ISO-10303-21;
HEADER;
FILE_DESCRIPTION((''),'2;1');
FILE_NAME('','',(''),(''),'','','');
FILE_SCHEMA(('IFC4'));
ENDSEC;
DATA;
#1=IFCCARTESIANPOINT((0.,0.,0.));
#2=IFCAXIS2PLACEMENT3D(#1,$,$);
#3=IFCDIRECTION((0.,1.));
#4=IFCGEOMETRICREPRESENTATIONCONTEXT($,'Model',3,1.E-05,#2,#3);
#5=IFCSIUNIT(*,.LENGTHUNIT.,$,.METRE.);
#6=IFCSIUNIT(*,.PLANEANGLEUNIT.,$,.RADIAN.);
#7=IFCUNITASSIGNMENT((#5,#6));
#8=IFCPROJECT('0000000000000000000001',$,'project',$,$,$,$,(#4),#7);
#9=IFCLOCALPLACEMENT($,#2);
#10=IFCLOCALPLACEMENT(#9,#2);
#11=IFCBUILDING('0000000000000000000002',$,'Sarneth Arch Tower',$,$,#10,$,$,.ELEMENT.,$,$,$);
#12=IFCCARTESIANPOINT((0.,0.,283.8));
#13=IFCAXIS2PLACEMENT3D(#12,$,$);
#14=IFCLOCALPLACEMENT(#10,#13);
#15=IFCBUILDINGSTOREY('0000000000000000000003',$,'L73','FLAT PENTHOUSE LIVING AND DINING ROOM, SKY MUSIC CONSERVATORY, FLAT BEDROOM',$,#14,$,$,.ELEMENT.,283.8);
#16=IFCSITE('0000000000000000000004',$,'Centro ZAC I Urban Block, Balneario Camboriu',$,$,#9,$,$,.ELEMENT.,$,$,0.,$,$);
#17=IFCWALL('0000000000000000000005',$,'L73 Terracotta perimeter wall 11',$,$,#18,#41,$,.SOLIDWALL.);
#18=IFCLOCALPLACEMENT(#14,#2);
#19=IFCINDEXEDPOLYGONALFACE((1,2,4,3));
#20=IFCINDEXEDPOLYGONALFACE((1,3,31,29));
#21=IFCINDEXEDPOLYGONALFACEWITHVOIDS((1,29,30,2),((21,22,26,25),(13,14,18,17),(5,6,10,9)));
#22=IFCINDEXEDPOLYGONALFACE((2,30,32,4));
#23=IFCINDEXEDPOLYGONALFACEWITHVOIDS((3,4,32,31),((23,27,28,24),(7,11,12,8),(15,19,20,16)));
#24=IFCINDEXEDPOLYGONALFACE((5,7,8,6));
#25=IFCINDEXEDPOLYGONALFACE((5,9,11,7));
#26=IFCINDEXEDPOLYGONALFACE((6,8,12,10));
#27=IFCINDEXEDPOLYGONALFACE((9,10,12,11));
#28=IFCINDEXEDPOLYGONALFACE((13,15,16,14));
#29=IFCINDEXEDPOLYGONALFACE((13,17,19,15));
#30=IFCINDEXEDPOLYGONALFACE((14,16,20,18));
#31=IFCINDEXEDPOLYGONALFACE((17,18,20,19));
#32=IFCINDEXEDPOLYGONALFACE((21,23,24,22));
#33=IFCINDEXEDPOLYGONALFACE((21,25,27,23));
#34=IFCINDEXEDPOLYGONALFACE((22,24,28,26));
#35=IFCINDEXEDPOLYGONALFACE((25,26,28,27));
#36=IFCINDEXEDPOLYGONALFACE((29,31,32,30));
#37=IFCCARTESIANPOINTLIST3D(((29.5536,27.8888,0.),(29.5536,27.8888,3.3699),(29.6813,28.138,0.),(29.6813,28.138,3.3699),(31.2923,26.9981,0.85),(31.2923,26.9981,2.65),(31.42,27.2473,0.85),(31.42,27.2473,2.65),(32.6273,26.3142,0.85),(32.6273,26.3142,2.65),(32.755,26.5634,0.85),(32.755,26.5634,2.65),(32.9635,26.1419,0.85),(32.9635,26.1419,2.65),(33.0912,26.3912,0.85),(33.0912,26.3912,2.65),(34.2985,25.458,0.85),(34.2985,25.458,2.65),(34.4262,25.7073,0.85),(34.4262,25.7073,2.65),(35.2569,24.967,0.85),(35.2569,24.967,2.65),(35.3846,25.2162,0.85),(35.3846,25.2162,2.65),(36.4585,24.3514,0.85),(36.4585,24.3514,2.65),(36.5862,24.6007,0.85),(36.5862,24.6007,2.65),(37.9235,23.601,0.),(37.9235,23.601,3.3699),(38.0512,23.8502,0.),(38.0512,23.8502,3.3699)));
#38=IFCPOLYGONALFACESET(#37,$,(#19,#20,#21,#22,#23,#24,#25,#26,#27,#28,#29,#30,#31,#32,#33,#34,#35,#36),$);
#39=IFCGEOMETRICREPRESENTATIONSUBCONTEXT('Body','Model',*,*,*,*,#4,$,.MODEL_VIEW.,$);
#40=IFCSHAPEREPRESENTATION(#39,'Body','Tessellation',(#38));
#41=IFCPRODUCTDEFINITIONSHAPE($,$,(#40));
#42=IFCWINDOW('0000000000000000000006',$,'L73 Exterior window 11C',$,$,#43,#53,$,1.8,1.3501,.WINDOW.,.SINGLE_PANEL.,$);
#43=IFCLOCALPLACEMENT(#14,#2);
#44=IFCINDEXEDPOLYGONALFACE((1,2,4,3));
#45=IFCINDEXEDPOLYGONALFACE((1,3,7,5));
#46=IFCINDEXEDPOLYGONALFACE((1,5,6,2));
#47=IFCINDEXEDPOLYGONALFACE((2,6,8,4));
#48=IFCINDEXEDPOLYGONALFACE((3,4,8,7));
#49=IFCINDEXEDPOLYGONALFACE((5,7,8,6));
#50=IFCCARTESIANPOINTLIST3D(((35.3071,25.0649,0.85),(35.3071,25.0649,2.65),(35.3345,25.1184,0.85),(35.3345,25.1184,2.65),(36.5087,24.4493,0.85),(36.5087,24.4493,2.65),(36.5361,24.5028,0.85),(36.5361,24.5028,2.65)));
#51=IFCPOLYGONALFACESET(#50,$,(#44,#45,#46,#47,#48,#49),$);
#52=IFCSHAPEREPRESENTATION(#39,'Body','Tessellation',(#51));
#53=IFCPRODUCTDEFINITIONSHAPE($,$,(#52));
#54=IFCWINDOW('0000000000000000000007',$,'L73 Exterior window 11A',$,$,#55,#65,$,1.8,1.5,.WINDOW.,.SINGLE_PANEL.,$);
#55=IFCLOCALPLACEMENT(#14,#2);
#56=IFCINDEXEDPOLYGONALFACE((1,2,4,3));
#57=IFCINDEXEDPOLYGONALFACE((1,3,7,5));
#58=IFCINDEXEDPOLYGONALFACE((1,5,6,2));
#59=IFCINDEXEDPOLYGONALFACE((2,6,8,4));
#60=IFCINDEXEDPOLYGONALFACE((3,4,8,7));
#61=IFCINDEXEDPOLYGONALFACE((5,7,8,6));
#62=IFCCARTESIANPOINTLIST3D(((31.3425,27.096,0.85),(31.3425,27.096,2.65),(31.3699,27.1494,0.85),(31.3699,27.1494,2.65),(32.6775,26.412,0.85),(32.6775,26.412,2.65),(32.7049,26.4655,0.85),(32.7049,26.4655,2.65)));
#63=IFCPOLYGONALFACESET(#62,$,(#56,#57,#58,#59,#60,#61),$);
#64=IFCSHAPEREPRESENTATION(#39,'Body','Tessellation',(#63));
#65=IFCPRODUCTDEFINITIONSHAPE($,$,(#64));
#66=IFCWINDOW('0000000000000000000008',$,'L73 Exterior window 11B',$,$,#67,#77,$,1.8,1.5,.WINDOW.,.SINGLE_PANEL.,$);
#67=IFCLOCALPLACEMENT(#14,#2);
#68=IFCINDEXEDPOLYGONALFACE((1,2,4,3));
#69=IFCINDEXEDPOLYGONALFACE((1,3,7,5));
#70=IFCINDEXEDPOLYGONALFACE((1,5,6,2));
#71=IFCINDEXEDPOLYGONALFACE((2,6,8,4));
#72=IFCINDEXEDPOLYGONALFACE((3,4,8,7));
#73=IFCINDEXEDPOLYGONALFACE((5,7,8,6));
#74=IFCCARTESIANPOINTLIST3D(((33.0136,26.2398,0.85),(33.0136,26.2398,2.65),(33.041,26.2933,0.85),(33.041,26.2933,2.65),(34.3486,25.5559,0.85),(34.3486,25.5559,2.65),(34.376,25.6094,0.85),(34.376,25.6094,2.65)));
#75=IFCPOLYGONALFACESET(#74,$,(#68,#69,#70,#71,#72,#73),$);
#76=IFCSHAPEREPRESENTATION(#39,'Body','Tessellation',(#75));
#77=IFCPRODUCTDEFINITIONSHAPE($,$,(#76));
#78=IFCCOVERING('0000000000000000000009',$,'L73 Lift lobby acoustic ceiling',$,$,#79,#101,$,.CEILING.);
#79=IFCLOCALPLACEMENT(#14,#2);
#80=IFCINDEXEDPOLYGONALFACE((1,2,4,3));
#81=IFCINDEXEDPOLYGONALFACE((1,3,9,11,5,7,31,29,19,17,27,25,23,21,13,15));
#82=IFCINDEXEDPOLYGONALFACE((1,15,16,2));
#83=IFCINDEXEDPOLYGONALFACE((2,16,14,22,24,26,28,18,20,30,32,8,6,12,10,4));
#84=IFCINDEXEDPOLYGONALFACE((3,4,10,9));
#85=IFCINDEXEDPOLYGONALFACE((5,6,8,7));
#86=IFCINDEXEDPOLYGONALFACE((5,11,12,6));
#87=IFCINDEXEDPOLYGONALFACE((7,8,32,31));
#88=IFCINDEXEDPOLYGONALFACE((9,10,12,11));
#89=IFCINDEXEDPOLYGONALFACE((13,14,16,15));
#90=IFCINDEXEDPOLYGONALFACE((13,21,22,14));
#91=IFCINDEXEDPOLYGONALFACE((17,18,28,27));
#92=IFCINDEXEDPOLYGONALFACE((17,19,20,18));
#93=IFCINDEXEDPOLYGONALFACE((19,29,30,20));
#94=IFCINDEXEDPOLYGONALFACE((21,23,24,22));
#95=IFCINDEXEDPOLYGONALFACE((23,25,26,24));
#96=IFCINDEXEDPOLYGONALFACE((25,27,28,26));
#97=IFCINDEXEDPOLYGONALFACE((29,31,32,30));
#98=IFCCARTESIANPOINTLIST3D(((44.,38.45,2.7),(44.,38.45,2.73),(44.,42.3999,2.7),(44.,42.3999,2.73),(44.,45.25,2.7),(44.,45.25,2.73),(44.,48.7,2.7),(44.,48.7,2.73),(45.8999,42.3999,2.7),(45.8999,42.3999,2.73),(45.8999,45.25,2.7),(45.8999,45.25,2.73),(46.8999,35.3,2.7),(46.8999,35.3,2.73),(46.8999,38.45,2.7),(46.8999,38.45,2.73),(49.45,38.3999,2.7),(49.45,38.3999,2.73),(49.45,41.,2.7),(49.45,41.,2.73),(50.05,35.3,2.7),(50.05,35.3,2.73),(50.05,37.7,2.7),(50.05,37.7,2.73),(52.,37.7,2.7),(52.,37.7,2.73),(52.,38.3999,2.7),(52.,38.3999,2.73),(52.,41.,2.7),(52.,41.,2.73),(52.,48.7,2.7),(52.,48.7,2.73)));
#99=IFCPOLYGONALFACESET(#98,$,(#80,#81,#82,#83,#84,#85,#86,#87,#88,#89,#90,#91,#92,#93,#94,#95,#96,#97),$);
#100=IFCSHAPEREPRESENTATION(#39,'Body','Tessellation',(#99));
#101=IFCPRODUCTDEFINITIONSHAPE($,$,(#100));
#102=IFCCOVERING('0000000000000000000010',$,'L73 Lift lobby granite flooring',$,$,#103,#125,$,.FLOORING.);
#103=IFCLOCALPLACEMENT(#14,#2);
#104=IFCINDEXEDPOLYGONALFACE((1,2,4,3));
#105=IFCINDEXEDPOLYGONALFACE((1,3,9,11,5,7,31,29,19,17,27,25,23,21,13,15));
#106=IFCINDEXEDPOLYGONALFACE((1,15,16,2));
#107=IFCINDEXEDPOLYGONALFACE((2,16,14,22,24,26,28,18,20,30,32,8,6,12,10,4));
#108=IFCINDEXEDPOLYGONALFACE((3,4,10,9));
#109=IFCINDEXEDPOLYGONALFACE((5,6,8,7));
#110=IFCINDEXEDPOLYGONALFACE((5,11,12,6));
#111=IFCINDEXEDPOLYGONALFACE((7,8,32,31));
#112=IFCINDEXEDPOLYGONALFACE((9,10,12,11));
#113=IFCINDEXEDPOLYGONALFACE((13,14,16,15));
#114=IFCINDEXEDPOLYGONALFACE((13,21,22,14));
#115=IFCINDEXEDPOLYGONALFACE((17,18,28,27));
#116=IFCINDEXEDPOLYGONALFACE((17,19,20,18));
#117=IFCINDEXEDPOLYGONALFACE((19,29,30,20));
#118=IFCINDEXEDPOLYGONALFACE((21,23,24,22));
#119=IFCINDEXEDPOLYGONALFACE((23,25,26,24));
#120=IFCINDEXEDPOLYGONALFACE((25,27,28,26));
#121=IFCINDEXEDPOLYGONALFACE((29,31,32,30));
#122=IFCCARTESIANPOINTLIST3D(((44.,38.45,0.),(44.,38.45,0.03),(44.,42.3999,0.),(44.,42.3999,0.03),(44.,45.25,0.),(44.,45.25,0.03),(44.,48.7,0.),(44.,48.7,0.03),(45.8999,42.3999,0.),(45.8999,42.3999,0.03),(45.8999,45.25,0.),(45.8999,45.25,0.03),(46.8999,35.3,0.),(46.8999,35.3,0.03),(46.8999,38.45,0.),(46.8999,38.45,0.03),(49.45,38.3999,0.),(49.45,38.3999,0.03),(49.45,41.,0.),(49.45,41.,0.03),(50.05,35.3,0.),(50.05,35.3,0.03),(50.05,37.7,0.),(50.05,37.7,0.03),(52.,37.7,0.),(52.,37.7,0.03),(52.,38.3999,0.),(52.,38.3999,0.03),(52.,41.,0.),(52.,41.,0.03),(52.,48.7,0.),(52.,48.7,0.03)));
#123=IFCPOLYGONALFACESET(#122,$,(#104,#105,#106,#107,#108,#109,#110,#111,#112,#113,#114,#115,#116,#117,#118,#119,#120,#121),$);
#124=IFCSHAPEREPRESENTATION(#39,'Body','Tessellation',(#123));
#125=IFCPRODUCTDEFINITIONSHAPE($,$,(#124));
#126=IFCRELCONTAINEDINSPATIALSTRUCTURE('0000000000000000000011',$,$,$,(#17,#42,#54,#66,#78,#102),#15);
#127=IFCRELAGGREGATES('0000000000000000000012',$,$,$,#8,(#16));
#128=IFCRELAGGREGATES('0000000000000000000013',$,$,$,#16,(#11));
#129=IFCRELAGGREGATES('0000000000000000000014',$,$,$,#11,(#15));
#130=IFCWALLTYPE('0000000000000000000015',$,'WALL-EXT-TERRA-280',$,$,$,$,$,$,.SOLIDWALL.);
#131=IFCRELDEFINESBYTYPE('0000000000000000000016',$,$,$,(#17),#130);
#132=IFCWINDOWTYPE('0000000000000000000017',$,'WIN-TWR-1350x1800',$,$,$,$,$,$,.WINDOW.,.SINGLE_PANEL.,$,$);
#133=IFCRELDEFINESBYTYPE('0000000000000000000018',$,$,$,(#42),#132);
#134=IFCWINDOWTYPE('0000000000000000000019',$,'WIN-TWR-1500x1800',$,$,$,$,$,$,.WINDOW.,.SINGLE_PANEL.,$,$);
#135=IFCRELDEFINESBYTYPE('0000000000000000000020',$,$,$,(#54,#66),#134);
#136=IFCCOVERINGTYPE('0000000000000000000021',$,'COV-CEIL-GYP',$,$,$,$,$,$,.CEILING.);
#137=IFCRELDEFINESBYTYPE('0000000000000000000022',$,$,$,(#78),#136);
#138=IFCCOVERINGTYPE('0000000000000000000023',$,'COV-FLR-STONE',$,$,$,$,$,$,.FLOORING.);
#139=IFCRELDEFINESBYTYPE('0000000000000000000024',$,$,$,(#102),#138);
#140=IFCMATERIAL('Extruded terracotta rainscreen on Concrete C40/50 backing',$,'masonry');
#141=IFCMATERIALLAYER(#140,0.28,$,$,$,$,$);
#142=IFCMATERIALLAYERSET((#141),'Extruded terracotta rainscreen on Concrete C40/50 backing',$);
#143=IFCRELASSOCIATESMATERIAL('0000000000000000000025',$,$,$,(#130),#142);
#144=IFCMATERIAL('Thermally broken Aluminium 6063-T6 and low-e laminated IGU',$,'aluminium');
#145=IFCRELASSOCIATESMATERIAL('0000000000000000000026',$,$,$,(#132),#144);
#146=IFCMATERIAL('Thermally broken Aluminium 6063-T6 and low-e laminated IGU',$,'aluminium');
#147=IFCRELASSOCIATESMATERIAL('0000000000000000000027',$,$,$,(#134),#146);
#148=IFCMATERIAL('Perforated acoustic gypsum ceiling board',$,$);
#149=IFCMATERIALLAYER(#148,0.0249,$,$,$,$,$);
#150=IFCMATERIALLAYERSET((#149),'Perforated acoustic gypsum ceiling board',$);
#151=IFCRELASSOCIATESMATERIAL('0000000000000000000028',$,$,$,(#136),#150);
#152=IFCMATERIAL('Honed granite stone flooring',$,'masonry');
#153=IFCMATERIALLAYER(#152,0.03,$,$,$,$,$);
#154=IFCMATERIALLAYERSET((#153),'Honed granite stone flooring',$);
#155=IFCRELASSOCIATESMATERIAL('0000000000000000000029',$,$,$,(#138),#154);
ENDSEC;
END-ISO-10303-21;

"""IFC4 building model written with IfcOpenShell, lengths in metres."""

from ifc_helpers import new_model, si_unit, direction, frame, frame_2d, origin, place, context, subcontext, project, spatial, polyline, rectangle, outline, extrude, material, layer, layer_set, type_object, element, fill, save


model = new_model("IFC4")

# Units and contexts
model_context = context("Model", 3, precision=1e-05, world=origin(), true_north=direction((0.0, 1.0)))
body_context = subcontext(model_context, "Body", "Model", "MODEL_VIEW")
ifc_project = project(units=[si_unit("LENGTHUNIT", "METRE"), si_unit("PLANEANGLEUNIT", "RADIAN")], contexts=[model_context])

# Site, building, storey
site_placement = place(None, origin())
site = spatial("IfcSite", under=ifc_project, at=site_placement, Name="Centro ZAC I Urban Block, Balneario Camboriu", CompositionType="ELEMENT", RefElevation=0.0)
building_placement = place(site_placement, origin())
building = spatial("IfcBuilding", under=site, at=building_placement, Name="Sarneth Arch Tower", CompositionType="ELEMENT")
storey_placement = place(building_placement, frame((0.0, 0.0, 283.8)))
storey = spatial("IfcBuildingStorey", under=building, at=storey_placement, Name="L73", Description="FLAT PENTHOUSE LIVING AND DINING ROOM, SKY MUSIC CONSERVATORY, FLAT BEDROOM", CompositionType="ELEMENT", Elevation=283.8)

# Wall, openings, windows
ifc_material_1 = material(Name="Extruded terracotta rainscreen on Concrete C40/50 backing", Category="masonry")
ifc_layer_1 = layer(ifc_material_1, 0.28)
ifc_layer_set_1 = layer_set([ifc_layer_1], Name="Extruded terracotta rainscreen on Concrete C40/50 backing")
wall_type = type_object("IfcWallType", Name="WALL-EXT-TERRA-280", PredefinedType="SOLIDWALL", material=ifc_layer_set_1)
wall_placement = place(storey_placement, frame((29.6174, 28.0134, 0.0), z_axis=(0.0, 0.0, 1.0), x_axis=(0.890007, -0.455946, 0.0)))
wall = element("IfcWall", 1, at=wall_placement, inside=storey, type_object=wall_type, Name="L73 Terracotta perimeter wall 11", PredefinedType="SOLIDWALL", context=body_context, shape_type="SweptSolid", body=[
    extrude(rectangle(XDim=9.4043, YDim=0.28, at=frame_2d((4.7021, 0.0))), origin(), (0.0, 0.0, 1.0), 3.3699),
])
opening_1_placement = place(wall_placement, frame((1.9536, 0.0, 0.8501)))
opening_1 = element("IfcOpeningElement", 2, at=opening_1_placement, cuts=wall, PredefinedType="OPENING", context=body_context, shape_type="SweptSolid", body=[
    extrude(rectangle(XDim=1.5, YDim=1.8, at=frame_2d((0.75, 0.8999))), frame((0.0, 0.1499, 0.0), z_axis=(0.0, -1.0, 0.0), x_axis=(1.0, 0.0, 0.0)), (0.0, 0.0, 1.0), 0.3),
])
opening_2_placement = place(wall_placement, frame((3.8313, 0.0, 0.8501)))
opening_2 = element("IfcOpeningElement", 3, at=opening_2_placement, cuts=wall, PredefinedType="OPENING", context=body_context, shape_type="SweptSolid", body=[
    extrude(rectangle(XDim=1.5, YDim=1.8, at=frame_2d((0.75, 0.8999))), frame((0.0, 0.1499, 0.0), z_axis=(0.0, -1.0, 0.0), x_axis=(1.0, 0.0, 0.0)), (0.0, 0.0, 1.0), 0.3),
])
opening_3_placement = place(wall_placement, frame((6.4082, 0.0, 0.8501)))
opening_3 = element("IfcOpeningElement", 4, at=opening_3_placement, cuts=wall, PredefinedType="OPENING", context=body_context, shape_type="SweptSolid", body=[
    extrude(rectangle(XDim=1.3501, YDim=1.8, at=frame_2d((0.675, 0.8999))), frame((0.0, 0.1499, 0.0), z_axis=(0.0, -1.0, 0.0), x_axis=(1.0, 0.0, 0.0)), (0.0, 0.0, 1.0), 0.3),
])
ifc_material_2 = material(Name="Thermally broken Aluminium 6063-T6 and low-e laminated IGU", Category="aluminium")
window_type_1 = type_object("IfcWindowType", Name="WIN-TWR-1350x1800", PartitioningType="SINGLE_PANEL", PredefinedType="WINDOW", material=ifc_material_2)
window_1_placement = place(opening_3_placement, origin())
window_1 = element("IfcWindow", 5, at=window_1_placement, inside=storey, type_object=window_type_1, Name="L73 Exterior window 11C", OverallHeight=1.8, OverallWidth=1.3501, PartitioningType="SINGLE_PANEL", PredefinedType="WINDOW", context=body_context, shape_type="SweptSolid", body=[
    extrude(rectangle(XDim=1.3501, YDim=1.8, at=frame_2d((0.675, 0.8999))), frame((0.0, 0.03, 0.0), z_axis=(0.0, -1.0, 0.0), x_axis=(1.0, 0.0, 0.0)), (0.0, 0.0, 1.0), 0.0601),
])
fill(opening_3, window_1)
ifc_material_3 = material(Name="Thermally broken Aluminium 6063-T6 and low-e laminated IGU", Category="aluminium")
window_type_2 = type_object("IfcWindowType", Name="WIN-TWR-1500x1800", PartitioningType="SINGLE_PANEL", PredefinedType="WINDOW", material=ifc_material_3)
window_2_placement = place(opening_1_placement, origin())
window_2 = element("IfcWindow", 6, at=window_2_placement, inside=storey, type_object=window_type_2, Name="L73 Exterior window 11A", OverallHeight=1.8, OverallWidth=1.5, PartitioningType="SINGLE_PANEL", PredefinedType="WINDOW", context=body_context, shape_type="SweptSolid", body=[
    extrude(rectangle(XDim=1.5, YDim=1.8, at=frame_2d((0.75, 0.8999))), frame((0.0, 0.03, 0.0), z_axis=(0.0, -1.0, 0.0), x_axis=(1.0, 0.0, 0.0)), (0.0, 0.0, 1.0), 0.0601),
])
fill(opening_1, window_2)
window_3_placement = place(opening_2_placement, origin())
window_3 = element("IfcWindow", 7, at=window_3_placement, inside=storey, type_object=window_type_2, Name="L73 Exterior window 11B", OverallHeight=1.8, OverallWidth=1.5, PartitioningType="SINGLE_PANEL", PredefinedType="WINDOW", context=body_context, shape_type="SweptSolid", body=[
    extrude(rectangle(XDim=1.5, YDim=1.8, at=frame_2d((0.75, 0.8999))), frame((0.0, 0.03, 0.0), z_axis=(0.0, -1.0, 0.0), x_axis=(1.0, 0.0, 0.0)), (0.0, 0.0, 1.0), 0.0601),
])
fill(opening_2, window_3)

# Coverings
ifc_material_4 = material(Name="Perforated acoustic gypsum ceiling board")
ifc_layer_2 = layer(ifc_material_4, 0.0249)
ifc_layer_set_2 = layer_set([ifc_layer_2], Name="Perforated acoustic gypsum ceiling board")
covering_type_1 = type_object("IfcCoveringType", Name="COV-CEIL-GYP", PredefinedType="CEILING", material=ifc_layer_set_2)
covering_1_placement = place(storey_placement, frame((0.0, 0.0, 2.7)))
element("IfcCovering", 8, at=covering_1_placement, inside=storey, type_object=covering_type_1, Name="L73 Lift lobby acoustic ceiling", PredefinedType="CEILING", context=body_context, shape_type="SweptSolid", body=[
    extrude(outline(polyline([(52.0, 41.0), (49.45, 41.0), (49.45, 38.3999), (52.0, 38.3999), (52.0, 37.7), (50.05, 37.7), (50.05, 35.3), (46.8999, 35.3), (46.8999, 38.45), (44.0, 38.45), (44.0, 42.3999), (45.8999, 42.3999), (45.8999, 45.25), (44.0, 45.25), (44.0, 48.7), (52.0, 48.7), (52.0, 41.0)])), origin(), (0.0, 0.0, 1.0), 0.03),
])
ifc_material_5 = material(Name="Honed granite stone flooring", Category="masonry")
ifc_layer_3 = layer(ifc_material_5, 0.03)
ifc_layer_set_3 = layer_set([ifc_layer_3], Name="Honed granite stone flooring")
covering_type_2 = type_object("IfcCoveringType", Name="COV-FLR-STONE", PredefinedType="FLOORING", material=ifc_layer_set_3)
covering_2_placement = place(storey_placement, origin())
element("IfcCovering", 9, at=covering_2_placement, inside=storey, type_object=covering_type_2, Name="L73 Lift lobby granite flooring", PredefinedType="FLOORING", context=body_context, shape_type="SweptSolid", body=[
    extrude(outline(polyline([(52.0, 41.0), (49.45, 41.0), (49.45, 38.3999), (52.0, 38.3999), (52.0, 37.7), (50.05, 37.7), (50.05, 35.3), (46.8999, 35.3), (46.8999, 38.45), (44.0, 38.45), (44.0, 42.3999), (45.8999, 42.3999), (45.8999, 45.25), (44.0, 45.25), (44.0, 48.7), (52.0, 48.7), (52.0, 41.0)])), origin(), (0.0, 0.0, 1.0), 0.03),
])

save(model, "model.ifc")
